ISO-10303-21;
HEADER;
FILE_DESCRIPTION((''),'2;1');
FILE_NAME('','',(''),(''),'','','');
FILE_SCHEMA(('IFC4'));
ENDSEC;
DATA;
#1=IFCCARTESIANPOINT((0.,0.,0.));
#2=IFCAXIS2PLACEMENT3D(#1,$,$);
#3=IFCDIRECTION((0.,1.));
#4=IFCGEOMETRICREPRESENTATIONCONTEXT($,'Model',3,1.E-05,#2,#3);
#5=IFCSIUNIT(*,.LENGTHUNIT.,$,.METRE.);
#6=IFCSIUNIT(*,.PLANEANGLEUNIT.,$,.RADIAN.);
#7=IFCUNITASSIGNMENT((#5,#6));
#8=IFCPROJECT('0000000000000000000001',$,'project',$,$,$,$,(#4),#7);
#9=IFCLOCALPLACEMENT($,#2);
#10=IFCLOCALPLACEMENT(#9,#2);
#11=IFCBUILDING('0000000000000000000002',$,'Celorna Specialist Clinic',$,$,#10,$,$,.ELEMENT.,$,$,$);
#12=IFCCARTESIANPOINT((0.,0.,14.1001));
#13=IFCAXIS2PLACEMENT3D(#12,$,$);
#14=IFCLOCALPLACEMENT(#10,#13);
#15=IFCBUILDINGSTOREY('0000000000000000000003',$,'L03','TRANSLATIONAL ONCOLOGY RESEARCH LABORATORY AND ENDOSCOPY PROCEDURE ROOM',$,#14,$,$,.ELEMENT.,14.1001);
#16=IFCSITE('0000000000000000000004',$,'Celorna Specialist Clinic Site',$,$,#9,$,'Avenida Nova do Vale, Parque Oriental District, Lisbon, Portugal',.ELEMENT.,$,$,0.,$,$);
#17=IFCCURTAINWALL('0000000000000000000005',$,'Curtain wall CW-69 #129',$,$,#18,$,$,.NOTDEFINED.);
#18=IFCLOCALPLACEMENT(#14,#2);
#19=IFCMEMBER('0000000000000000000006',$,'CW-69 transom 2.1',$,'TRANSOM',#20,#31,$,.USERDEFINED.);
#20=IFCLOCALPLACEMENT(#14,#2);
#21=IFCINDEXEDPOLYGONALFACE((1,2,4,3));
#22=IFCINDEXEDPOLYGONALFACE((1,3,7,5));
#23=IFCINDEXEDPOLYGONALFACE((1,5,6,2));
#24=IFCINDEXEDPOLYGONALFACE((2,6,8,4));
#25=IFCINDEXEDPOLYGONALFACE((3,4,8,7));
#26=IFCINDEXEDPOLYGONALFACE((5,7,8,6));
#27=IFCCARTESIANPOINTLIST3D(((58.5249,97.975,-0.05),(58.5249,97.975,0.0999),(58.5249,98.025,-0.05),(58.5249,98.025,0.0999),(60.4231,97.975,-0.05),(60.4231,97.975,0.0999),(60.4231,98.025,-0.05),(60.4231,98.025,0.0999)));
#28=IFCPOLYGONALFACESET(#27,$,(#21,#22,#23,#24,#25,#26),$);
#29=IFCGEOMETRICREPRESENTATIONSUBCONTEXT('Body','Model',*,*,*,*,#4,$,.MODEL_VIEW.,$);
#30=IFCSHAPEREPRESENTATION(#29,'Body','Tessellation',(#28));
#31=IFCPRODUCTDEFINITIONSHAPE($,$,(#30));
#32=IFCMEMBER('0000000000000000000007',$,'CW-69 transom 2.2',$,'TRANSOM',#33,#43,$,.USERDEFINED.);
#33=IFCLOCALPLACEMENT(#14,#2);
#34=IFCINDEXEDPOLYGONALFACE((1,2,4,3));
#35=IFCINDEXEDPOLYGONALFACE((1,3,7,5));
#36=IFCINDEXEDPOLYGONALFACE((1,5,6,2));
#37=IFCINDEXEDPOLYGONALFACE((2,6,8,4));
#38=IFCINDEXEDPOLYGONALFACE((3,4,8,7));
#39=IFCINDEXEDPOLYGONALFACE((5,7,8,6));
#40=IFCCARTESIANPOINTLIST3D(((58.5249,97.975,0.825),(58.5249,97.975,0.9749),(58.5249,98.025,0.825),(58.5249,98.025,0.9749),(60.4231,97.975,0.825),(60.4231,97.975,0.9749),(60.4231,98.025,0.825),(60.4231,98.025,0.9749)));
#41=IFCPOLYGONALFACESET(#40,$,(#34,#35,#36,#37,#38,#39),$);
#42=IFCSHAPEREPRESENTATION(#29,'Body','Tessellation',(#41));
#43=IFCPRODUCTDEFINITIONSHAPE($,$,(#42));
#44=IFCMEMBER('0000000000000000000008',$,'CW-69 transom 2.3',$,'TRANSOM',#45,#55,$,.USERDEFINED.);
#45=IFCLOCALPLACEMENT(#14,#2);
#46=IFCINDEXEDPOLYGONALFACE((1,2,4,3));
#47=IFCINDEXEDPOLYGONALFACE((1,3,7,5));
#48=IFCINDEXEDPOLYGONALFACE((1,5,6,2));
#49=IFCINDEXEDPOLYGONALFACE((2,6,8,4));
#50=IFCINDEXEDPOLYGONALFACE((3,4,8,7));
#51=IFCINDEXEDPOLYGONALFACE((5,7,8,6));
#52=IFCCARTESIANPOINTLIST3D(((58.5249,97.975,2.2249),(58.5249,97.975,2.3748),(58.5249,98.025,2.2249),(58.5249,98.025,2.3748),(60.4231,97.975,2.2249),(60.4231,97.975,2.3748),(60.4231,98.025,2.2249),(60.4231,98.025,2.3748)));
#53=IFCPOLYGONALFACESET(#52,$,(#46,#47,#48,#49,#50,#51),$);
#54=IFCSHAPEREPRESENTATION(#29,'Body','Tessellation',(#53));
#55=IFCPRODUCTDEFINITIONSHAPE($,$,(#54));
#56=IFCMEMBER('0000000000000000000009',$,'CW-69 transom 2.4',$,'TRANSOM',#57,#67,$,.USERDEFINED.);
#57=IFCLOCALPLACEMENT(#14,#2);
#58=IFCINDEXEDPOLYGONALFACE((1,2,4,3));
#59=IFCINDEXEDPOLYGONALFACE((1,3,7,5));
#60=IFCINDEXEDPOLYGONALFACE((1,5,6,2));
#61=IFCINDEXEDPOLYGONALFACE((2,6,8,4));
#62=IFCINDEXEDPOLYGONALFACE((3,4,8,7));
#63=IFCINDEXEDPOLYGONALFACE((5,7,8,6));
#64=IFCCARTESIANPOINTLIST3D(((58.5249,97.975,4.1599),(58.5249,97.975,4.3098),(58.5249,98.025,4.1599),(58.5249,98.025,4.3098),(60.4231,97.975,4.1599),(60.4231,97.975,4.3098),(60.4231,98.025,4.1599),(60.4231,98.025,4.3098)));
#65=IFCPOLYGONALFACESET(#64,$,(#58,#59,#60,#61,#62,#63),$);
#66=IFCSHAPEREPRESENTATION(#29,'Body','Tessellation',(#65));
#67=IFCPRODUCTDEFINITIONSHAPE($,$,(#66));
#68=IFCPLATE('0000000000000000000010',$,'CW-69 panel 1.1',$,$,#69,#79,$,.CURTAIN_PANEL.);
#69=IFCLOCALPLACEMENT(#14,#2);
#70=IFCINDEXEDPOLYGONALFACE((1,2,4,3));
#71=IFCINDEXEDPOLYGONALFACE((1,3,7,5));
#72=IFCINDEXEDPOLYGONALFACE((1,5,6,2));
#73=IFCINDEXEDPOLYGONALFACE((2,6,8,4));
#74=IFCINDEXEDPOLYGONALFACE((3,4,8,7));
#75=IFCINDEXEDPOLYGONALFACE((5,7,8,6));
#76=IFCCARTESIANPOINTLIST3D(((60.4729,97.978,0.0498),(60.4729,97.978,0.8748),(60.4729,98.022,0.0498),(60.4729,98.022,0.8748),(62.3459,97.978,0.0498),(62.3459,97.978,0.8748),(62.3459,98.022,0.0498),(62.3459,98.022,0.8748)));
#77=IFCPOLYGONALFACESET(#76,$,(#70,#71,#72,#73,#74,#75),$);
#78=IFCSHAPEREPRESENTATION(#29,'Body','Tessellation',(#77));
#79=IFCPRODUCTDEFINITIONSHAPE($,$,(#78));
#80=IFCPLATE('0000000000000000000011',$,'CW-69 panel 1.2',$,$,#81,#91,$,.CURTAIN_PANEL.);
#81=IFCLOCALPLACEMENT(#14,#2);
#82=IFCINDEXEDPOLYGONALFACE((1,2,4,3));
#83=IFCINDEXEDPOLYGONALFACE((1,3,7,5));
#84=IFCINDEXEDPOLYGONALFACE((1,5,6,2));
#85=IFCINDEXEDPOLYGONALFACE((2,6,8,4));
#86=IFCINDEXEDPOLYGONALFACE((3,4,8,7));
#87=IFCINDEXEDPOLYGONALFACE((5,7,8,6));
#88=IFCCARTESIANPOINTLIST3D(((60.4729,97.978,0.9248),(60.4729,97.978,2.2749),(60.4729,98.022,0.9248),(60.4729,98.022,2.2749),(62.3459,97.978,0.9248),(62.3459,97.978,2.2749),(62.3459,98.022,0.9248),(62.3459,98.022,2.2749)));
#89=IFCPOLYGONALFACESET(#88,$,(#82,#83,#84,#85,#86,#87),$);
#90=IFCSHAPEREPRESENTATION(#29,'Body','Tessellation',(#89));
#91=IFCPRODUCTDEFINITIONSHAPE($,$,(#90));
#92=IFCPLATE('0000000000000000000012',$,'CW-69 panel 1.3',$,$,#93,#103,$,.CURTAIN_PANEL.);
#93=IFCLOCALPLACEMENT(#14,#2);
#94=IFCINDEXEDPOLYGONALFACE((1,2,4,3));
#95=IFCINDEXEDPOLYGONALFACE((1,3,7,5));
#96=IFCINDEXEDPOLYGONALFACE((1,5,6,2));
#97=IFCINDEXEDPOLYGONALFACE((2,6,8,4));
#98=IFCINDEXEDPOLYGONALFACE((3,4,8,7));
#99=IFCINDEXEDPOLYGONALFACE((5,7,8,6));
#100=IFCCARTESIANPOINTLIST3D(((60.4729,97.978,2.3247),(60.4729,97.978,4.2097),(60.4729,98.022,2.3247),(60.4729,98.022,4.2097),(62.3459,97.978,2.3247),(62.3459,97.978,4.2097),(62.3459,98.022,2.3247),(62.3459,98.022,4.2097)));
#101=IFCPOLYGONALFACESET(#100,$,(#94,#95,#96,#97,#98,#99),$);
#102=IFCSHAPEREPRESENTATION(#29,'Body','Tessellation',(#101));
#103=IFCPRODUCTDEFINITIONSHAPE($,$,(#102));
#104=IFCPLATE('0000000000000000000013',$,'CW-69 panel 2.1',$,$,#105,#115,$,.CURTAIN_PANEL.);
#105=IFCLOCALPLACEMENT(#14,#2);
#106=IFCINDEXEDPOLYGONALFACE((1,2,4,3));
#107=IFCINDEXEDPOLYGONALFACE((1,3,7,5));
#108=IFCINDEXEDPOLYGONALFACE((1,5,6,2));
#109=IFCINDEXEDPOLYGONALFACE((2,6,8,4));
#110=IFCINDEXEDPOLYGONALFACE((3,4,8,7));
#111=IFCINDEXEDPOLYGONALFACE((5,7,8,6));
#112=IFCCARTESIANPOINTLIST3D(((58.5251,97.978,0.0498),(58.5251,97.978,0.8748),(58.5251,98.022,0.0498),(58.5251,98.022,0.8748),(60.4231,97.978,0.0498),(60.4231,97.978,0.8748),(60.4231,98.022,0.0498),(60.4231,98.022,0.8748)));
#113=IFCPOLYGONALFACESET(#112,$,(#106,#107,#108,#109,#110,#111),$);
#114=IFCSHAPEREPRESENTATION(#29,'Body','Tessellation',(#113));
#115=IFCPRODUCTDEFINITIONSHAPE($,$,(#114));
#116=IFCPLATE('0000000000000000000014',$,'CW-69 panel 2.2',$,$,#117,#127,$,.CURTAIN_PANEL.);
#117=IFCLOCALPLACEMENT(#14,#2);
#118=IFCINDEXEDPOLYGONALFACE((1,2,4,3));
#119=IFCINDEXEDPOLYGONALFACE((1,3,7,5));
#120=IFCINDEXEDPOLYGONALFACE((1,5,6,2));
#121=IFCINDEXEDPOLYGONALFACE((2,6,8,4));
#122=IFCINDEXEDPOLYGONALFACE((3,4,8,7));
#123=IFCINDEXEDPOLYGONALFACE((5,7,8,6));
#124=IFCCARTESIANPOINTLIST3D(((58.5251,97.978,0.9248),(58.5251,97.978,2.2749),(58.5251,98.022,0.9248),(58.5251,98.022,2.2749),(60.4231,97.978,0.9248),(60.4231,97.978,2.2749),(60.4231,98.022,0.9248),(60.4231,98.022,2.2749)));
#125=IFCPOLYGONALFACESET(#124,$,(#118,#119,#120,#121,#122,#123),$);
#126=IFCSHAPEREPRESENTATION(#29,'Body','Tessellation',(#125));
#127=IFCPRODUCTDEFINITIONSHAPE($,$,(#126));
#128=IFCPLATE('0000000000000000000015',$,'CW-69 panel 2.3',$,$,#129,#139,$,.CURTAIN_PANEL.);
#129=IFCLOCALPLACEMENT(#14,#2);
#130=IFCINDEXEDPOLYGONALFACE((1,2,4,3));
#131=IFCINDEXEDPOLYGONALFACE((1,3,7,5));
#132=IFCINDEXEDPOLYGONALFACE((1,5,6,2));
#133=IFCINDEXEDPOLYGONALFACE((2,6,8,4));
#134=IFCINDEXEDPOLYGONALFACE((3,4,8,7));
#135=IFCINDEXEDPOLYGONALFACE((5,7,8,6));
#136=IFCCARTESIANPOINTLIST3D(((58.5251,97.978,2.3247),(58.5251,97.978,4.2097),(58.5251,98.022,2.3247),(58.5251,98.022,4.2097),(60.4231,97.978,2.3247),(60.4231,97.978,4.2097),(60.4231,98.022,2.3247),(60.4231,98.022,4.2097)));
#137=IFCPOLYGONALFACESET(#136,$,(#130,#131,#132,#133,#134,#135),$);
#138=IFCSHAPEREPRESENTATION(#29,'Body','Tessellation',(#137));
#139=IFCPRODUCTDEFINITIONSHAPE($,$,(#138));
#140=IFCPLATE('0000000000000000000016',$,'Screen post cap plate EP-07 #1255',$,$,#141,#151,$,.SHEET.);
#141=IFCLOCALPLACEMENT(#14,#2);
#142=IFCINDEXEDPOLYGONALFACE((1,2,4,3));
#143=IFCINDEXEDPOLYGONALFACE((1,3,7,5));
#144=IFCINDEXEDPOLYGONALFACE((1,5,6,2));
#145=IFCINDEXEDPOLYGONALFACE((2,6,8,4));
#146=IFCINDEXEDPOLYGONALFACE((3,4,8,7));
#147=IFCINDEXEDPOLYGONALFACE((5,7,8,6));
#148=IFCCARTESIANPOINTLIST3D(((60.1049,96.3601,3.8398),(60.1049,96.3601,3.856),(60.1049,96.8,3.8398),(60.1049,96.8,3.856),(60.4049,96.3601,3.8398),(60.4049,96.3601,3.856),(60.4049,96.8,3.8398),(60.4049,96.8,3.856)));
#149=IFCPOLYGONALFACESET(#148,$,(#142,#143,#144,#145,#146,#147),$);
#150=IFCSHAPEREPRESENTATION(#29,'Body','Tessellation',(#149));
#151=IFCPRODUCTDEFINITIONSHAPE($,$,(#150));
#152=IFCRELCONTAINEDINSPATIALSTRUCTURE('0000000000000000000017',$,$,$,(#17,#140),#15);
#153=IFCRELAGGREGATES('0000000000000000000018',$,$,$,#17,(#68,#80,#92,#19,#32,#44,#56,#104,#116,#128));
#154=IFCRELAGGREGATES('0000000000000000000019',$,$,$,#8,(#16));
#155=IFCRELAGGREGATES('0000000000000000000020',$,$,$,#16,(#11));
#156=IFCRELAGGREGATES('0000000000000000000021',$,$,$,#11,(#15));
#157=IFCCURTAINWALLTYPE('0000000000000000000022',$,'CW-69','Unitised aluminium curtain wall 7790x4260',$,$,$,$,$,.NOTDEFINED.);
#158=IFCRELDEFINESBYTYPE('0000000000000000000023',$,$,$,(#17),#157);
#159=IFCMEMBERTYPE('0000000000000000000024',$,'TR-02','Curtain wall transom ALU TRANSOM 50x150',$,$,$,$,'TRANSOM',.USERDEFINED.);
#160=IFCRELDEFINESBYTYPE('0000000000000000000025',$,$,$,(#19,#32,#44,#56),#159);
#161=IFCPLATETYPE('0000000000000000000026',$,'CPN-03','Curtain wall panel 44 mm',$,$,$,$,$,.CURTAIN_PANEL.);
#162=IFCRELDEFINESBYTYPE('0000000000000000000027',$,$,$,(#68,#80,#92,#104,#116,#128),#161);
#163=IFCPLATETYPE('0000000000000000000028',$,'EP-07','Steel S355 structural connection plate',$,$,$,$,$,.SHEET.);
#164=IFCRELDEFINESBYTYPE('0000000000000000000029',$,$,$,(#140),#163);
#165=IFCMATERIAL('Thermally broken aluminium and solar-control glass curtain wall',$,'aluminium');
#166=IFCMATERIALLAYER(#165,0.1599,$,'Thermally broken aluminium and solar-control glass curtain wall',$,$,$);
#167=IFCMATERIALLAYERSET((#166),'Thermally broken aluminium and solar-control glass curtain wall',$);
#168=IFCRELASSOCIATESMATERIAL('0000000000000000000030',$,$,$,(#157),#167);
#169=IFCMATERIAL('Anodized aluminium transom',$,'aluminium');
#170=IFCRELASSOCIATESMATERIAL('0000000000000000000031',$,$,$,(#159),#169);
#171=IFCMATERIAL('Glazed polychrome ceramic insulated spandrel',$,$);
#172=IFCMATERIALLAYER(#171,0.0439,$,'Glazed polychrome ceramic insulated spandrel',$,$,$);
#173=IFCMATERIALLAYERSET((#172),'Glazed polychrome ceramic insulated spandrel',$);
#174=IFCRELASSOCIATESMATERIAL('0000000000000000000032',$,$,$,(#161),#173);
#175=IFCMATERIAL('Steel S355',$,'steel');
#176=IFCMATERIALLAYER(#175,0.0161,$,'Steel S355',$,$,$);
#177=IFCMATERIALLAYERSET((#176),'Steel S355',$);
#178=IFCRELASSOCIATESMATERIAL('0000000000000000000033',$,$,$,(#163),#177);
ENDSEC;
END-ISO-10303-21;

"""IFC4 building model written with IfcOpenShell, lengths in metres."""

from ifc_helpers import new_model, si_unit, direction, frame, origin, origin_2d, place, context, subcontext, project, spatial, rectangle, extrude, material, layer, layer_set, material_profile, profile_set, type_object, element, aggregate, save


model = new_model("IFC4")

# Units and contexts
model_context = context("Model", 3, precision=1e-05, world=origin(), true_north=direction((0.0, 1.0)))
body_context = subcontext(model_context, "Body", "Model", "MODEL_VIEW")
ifc_project = project(units=[si_unit("LENGTHUNIT", "METRE"), si_unit("PLANEANGLEUNIT", "RADIAN")], contexts=[model_context])

# Site, building, storey
site_placement = place(None, origin())
site = spatial("IfcSite", under=ifc_project, at=site_placement, Name="Celorna Specialist Clinic Site", LongName="Avenida Nova do Vale, Parque Oriental District, Lisbon, Portugal", CompositionType="ELEMENT", RefElevation=0.0)
building_placement = place(site_placement, origin())
building = spatial("IfcBuilding", under=site, at=building_placement, Name="Celorna Specialist Clinic", CompositionType="ELEMENT")
storey_placement = place(building_placement, frame((0.0, 0.0, 14.1001)))
storey = spatial("IfcBuildingStorey", under=building, at=storey_placement, Name="L03", Description="TRANSLATIONAL ONCOLOGY RESEARCH LABORATORY AND ENDOSCOPY PROCEDURE ROOM", CompositionType="ELEMENT", Elevation=14.1001)

# Shared definitions
ifc_material_1 = material(Name="Steel S355", Category="steel")

# Curtain wall, members, plates
ifc_material_2 = material(Name="Thermally broken aluminium and solar-control glass curtain wall", Category="aluminium")
ifc_layer_1 = layer(ifc_material_2, 0.1599, Name="Thermally broken aluminium and solar-control glass curtain wall")
ifc_layer_set_1 = layer_set([ifc_layer_1], Name="Thermally broken aluminium and solar-control glass curtain wall")
curtain_wall_type = type_object("IfcCurtainWallType", Name="CW-69", Description="Unitised aluminium curtain wall 7790x4260", PredefinedType="NOTDEFINED", material=ifc_layer_set_1)
curtain_wall_placement = place(storey_placement, origin())
curtain_wall = element("IfcCurtainWall", 1, at=curtain_wall_placement, inside=storey, type_object=curtain_wall_type, Name="Curtain wall CW-69 #129", PredefinedType="NOTDEFINED")
ifc_material_3 = material(Name="Anodized aluminium transom", Category="aluminium")
ifc_material_profile_1 = material_profile(ifc_material_3, rectangle(XDim=0.05, YDim=0.1499, at=origin_2d()), Name="ALU TRANSOM 50x150")
ifc_profile_set_1 = profile_set([ifc_material_profile_1], Name="Anodized aluminium transom")
member_type_1 = type_object("IfcMemberType", Name="TR-02", Description="Curtain wall transom ALU TRANSOM 50x150", ElementType="TRANSOM", PredefinedType="USERDEFINED", material=ifc_profile_set_1)
member_1_placement = place(storey_placement, frame((60.4231, 98.0, 0.0249), z_axis=(-1.0, 0.0, 0.0), x_axis=(0.0, -1.0, 0.0)))
member_1 = element("IfcMember", 2, at=member_1_placement, type_object=member_type_1, Name="CW-69 transom 2.1", ObjectType="TRANSOM", PredefinedType="USERDEFINED", context=body_context, shape_type="SweptSolid", body=[
    extrude(rectangle(XDim=0.05, YDim=0.1499, at=origin_2d()), origin(), (0.0, 0.0, 1.0), 1.8982),
])
member_2_placement = place(storey_placement, frame((60.4231, 98.0, 0.8999), z_axis=(-1.0, 0.0, 0.0), x_axis=(0.0, -1.0, 0.0)))
member_2 = element("IfcMember", 3, at=member_2_placement, type_object=member_type_1, Name="CW-69 transom 2.2", ObjectType="TRANSOM", PredefinedType="USERDEFINED", context=body_context, shape_type="SweptSolid", body=[
    extrude(rectangle(XDim=0.05, YDim=0.1499, at=origin_2d()), origin(), (0.0, 0.0, 1.0), 1.8982),
])
member_3_placement = place(storey_placement, frame((60.4231, 98.0, 2.2998), z_axis=(-1.0, 0.0, 0.0), x_axis=(0.0, -1.0, 0.0)))
member_3 = element("IfcMember", 4, at=member_3_placement, type_object=member_type_1, Name="CW-69 transom 2.3", ObjectType="TRANSOM", PredefinedType="USERDEFINED", context=body_context, shape_type="SweptSolid", body=[
    extrude(rectangle(XDim=0.05, YDim=0.1499, at=origin_2d()), origin(), (0.0, 0.0, 1.0), 1.8982),
])
member_4_placement = place(storey_placement, frame((60.4231, 98.0, 4.2349), z_axis=(-1.0, 0.0, 0.0), x_axis=(0.0, -1.0, 0.0)))
member_4 = element("IfcMember", 5, at=member_4_placement, type_object=member_type_1, Name="CW-69 transom 2.4", ObjectType="TRANSOM", PredefinedType="USERDEFINED", context=body_context, shape_type="SweptSolid", body=[
    extrude(rectangle(XDim=0.05, YDim=0.1499, at=origin_2d()), origin(), (0.0, 0.0, 1.0), 1.8982),
])
ifc_material_4 = material(Name="Glazed polychrome ceramic insulated spandrel")
ifc_layer_2 = layer(ifc_material_4, 0.0439, Name="Glazed polychrome ceramic insulated spandrel")
ifc_layer_set_2 = layer_set([ifc_layer_2], Name="Glazed polychrome ceramic insulated spandrel")
plate_type_1 = type_object("IfcPlateType", Name="CPN-03", Description="Curtain wall panel 44 mm", PredefinedType="CURTAIN_PANEL", material=ifc_layer_set_2)
plate_1_placement = place(storey_placement, frame((61.4094, 98.0, 0.0498), z_axis=(0.0, 0.0, 1.0), x_axis=(-1.0, 0.0, 0.0)))
plate_1 = element("IfcPlate", 6, at=plate_1_placement, type_object=plate_type_1, Name="CW-69 panel 1.1", PredefinedType="CURTAIN_PANEL", context=body_context, shape_type="SweptSolid", body=[
    extrude(rectangle(XDim=1.873, YDim=0.0439, at=origin_2d()), origin(), (0.0, 0.0, 1.0), 0.825),
])
plate_2_placement = place(storey_placement, frame((61.4094, 98.0, 0.9248), z_axis=(0.0, 0.0, 1.0), x_axis=(-1.0, 0.0, 0.0)))
plate_2 = element("IfcPlate", 7, at=plate_2_placement, type_object=plate_type_1, Name="CW-69 panel 1.2", PredefinedType="CURTAIN_PANEL", context=body_context, shape_type="SweptSolid", body=[
    extrude(rectangle(XDim=1.873, YDim=0.0439, at=origin_2d()), origin(), (0.0, 0.0, 1.0), 1.3501),
])
plate_3_placement = place(storey_placement, frame((61.4094, 98.0, 2.3247), z_axis=(0.0, 0.0, 1.0), x_axis=(-1.0, 0.0, 0.0)))
plate_3 = element("IfcPlate", 8, at=plate_3_placement, type_object=plate_type_1, Name="CW-69 panel 1.3", PredefinedType="CURTAIN_PANEL", context=body_context, shape_type="SweptSolid", body=[
    extrude(rectangle(XDim=1.873, YDim=0.0439, at=origin_2d()), origin(), (0.0, 0.0, 1.0), 1.885),
])
plate_4_placement = place(storey_placement, frame((59.4741, 98.0, 0.0498), z_axis=(0.0, 0.0, 1.0), x_axis=(-1.0, 0.0, 0.0)))
plate_4 = element("IfcPlate", 9, at=plate_4_placement, type_object=plate_type_1, Name="CW-69 panel 2.1", PredefinedType="CURTAIN_PANEL", context=body_context, shape_type="SweptSolid", body=[
    extrude(rectangle(XDim=1.8979, YDim=0.0439, at=origin_2d()), origin(), (0.0, 0.0, 1.0), 0.825),
])
plate_5_placement = place(storey_placement, frame((59.4741, 98.0, 0.9248), z_axis=(0.0, 0.0, 1.0), x_axis=(-1.0, 0.0, 0.0)))
plate_5 = element("IfcPlate", 10, at=plate_5_placement, type_object=plate_type_1, Name="CW-69 panel 2.2", PredefinedType="CURTAIN_PANEL", context=body_context, shape_type="SweptSolid", body=[
    extrude(rectangle(XDim=1.8979, YDim=0.0439, at=origin_2d()), origin(), (0.0, 0.0, 1.0), 1.3501),
])
plate_6_placement = place(storey_placement, frame((59.4741, 98.0, 2.3247), z_axis=(0.0, 0.0, 1.0), x_axis=(-1.0, 0.0, 0.0)))
plate_6 = element("IfcPlate", 11, at=plate_6_placement, type_object=plate_type_1, Name="CW-69 panel 2.3", PredefinedType="CURTAIN_PANEL", context=body_context, shape_type="SweptSolid", body=[
    extrude(rectangle(XDim=1.8979, YDim=0.0439, at=origin_2d()), origin(), (0.0, 0.0, 1.0), 1.885),
])
aggregate(curtain_wall, [plate_1, plate_2, plate_3, member_1, member_2, member_3, member_4, plate_4, plate_5, plate_6])

# Plate
ifc_layer_3 = layer(ifc_material_1, 0.0161, Name="Steel S355")
ifc_layer_set_3 = layer_set([ifc_layer_3], Name="Steel S355")
plate_type_2 = type_object("IfcPlateType", Name="EP-07", Description="Steel S355 structural connection plate", PredefinedType="SHEET", material=ifc_layer_set_3)
plate_7_placement = place(storey_placement, frame((60.2549, 96.5801, 3.8398), z_axis=(0.0, 0.0, 1.0), x_axis=(1.0, 0.0, 0.0)))
element("IfcPlate", 12, at=plate_7_placement, inside=storey, type_object=plate_type_2, Name="Screen post cap plate EP-07 #1255", PredefinedType="SHEET", context=body_context, shape_type="SweptSolid", body=[
    extrude(rectangle(XDim=0.3, YDim=0.4399, at=origin_2d()), origin(), (0.0, 0.0, 1.0), 0.0161),
])

save(model, "model.ifc")
